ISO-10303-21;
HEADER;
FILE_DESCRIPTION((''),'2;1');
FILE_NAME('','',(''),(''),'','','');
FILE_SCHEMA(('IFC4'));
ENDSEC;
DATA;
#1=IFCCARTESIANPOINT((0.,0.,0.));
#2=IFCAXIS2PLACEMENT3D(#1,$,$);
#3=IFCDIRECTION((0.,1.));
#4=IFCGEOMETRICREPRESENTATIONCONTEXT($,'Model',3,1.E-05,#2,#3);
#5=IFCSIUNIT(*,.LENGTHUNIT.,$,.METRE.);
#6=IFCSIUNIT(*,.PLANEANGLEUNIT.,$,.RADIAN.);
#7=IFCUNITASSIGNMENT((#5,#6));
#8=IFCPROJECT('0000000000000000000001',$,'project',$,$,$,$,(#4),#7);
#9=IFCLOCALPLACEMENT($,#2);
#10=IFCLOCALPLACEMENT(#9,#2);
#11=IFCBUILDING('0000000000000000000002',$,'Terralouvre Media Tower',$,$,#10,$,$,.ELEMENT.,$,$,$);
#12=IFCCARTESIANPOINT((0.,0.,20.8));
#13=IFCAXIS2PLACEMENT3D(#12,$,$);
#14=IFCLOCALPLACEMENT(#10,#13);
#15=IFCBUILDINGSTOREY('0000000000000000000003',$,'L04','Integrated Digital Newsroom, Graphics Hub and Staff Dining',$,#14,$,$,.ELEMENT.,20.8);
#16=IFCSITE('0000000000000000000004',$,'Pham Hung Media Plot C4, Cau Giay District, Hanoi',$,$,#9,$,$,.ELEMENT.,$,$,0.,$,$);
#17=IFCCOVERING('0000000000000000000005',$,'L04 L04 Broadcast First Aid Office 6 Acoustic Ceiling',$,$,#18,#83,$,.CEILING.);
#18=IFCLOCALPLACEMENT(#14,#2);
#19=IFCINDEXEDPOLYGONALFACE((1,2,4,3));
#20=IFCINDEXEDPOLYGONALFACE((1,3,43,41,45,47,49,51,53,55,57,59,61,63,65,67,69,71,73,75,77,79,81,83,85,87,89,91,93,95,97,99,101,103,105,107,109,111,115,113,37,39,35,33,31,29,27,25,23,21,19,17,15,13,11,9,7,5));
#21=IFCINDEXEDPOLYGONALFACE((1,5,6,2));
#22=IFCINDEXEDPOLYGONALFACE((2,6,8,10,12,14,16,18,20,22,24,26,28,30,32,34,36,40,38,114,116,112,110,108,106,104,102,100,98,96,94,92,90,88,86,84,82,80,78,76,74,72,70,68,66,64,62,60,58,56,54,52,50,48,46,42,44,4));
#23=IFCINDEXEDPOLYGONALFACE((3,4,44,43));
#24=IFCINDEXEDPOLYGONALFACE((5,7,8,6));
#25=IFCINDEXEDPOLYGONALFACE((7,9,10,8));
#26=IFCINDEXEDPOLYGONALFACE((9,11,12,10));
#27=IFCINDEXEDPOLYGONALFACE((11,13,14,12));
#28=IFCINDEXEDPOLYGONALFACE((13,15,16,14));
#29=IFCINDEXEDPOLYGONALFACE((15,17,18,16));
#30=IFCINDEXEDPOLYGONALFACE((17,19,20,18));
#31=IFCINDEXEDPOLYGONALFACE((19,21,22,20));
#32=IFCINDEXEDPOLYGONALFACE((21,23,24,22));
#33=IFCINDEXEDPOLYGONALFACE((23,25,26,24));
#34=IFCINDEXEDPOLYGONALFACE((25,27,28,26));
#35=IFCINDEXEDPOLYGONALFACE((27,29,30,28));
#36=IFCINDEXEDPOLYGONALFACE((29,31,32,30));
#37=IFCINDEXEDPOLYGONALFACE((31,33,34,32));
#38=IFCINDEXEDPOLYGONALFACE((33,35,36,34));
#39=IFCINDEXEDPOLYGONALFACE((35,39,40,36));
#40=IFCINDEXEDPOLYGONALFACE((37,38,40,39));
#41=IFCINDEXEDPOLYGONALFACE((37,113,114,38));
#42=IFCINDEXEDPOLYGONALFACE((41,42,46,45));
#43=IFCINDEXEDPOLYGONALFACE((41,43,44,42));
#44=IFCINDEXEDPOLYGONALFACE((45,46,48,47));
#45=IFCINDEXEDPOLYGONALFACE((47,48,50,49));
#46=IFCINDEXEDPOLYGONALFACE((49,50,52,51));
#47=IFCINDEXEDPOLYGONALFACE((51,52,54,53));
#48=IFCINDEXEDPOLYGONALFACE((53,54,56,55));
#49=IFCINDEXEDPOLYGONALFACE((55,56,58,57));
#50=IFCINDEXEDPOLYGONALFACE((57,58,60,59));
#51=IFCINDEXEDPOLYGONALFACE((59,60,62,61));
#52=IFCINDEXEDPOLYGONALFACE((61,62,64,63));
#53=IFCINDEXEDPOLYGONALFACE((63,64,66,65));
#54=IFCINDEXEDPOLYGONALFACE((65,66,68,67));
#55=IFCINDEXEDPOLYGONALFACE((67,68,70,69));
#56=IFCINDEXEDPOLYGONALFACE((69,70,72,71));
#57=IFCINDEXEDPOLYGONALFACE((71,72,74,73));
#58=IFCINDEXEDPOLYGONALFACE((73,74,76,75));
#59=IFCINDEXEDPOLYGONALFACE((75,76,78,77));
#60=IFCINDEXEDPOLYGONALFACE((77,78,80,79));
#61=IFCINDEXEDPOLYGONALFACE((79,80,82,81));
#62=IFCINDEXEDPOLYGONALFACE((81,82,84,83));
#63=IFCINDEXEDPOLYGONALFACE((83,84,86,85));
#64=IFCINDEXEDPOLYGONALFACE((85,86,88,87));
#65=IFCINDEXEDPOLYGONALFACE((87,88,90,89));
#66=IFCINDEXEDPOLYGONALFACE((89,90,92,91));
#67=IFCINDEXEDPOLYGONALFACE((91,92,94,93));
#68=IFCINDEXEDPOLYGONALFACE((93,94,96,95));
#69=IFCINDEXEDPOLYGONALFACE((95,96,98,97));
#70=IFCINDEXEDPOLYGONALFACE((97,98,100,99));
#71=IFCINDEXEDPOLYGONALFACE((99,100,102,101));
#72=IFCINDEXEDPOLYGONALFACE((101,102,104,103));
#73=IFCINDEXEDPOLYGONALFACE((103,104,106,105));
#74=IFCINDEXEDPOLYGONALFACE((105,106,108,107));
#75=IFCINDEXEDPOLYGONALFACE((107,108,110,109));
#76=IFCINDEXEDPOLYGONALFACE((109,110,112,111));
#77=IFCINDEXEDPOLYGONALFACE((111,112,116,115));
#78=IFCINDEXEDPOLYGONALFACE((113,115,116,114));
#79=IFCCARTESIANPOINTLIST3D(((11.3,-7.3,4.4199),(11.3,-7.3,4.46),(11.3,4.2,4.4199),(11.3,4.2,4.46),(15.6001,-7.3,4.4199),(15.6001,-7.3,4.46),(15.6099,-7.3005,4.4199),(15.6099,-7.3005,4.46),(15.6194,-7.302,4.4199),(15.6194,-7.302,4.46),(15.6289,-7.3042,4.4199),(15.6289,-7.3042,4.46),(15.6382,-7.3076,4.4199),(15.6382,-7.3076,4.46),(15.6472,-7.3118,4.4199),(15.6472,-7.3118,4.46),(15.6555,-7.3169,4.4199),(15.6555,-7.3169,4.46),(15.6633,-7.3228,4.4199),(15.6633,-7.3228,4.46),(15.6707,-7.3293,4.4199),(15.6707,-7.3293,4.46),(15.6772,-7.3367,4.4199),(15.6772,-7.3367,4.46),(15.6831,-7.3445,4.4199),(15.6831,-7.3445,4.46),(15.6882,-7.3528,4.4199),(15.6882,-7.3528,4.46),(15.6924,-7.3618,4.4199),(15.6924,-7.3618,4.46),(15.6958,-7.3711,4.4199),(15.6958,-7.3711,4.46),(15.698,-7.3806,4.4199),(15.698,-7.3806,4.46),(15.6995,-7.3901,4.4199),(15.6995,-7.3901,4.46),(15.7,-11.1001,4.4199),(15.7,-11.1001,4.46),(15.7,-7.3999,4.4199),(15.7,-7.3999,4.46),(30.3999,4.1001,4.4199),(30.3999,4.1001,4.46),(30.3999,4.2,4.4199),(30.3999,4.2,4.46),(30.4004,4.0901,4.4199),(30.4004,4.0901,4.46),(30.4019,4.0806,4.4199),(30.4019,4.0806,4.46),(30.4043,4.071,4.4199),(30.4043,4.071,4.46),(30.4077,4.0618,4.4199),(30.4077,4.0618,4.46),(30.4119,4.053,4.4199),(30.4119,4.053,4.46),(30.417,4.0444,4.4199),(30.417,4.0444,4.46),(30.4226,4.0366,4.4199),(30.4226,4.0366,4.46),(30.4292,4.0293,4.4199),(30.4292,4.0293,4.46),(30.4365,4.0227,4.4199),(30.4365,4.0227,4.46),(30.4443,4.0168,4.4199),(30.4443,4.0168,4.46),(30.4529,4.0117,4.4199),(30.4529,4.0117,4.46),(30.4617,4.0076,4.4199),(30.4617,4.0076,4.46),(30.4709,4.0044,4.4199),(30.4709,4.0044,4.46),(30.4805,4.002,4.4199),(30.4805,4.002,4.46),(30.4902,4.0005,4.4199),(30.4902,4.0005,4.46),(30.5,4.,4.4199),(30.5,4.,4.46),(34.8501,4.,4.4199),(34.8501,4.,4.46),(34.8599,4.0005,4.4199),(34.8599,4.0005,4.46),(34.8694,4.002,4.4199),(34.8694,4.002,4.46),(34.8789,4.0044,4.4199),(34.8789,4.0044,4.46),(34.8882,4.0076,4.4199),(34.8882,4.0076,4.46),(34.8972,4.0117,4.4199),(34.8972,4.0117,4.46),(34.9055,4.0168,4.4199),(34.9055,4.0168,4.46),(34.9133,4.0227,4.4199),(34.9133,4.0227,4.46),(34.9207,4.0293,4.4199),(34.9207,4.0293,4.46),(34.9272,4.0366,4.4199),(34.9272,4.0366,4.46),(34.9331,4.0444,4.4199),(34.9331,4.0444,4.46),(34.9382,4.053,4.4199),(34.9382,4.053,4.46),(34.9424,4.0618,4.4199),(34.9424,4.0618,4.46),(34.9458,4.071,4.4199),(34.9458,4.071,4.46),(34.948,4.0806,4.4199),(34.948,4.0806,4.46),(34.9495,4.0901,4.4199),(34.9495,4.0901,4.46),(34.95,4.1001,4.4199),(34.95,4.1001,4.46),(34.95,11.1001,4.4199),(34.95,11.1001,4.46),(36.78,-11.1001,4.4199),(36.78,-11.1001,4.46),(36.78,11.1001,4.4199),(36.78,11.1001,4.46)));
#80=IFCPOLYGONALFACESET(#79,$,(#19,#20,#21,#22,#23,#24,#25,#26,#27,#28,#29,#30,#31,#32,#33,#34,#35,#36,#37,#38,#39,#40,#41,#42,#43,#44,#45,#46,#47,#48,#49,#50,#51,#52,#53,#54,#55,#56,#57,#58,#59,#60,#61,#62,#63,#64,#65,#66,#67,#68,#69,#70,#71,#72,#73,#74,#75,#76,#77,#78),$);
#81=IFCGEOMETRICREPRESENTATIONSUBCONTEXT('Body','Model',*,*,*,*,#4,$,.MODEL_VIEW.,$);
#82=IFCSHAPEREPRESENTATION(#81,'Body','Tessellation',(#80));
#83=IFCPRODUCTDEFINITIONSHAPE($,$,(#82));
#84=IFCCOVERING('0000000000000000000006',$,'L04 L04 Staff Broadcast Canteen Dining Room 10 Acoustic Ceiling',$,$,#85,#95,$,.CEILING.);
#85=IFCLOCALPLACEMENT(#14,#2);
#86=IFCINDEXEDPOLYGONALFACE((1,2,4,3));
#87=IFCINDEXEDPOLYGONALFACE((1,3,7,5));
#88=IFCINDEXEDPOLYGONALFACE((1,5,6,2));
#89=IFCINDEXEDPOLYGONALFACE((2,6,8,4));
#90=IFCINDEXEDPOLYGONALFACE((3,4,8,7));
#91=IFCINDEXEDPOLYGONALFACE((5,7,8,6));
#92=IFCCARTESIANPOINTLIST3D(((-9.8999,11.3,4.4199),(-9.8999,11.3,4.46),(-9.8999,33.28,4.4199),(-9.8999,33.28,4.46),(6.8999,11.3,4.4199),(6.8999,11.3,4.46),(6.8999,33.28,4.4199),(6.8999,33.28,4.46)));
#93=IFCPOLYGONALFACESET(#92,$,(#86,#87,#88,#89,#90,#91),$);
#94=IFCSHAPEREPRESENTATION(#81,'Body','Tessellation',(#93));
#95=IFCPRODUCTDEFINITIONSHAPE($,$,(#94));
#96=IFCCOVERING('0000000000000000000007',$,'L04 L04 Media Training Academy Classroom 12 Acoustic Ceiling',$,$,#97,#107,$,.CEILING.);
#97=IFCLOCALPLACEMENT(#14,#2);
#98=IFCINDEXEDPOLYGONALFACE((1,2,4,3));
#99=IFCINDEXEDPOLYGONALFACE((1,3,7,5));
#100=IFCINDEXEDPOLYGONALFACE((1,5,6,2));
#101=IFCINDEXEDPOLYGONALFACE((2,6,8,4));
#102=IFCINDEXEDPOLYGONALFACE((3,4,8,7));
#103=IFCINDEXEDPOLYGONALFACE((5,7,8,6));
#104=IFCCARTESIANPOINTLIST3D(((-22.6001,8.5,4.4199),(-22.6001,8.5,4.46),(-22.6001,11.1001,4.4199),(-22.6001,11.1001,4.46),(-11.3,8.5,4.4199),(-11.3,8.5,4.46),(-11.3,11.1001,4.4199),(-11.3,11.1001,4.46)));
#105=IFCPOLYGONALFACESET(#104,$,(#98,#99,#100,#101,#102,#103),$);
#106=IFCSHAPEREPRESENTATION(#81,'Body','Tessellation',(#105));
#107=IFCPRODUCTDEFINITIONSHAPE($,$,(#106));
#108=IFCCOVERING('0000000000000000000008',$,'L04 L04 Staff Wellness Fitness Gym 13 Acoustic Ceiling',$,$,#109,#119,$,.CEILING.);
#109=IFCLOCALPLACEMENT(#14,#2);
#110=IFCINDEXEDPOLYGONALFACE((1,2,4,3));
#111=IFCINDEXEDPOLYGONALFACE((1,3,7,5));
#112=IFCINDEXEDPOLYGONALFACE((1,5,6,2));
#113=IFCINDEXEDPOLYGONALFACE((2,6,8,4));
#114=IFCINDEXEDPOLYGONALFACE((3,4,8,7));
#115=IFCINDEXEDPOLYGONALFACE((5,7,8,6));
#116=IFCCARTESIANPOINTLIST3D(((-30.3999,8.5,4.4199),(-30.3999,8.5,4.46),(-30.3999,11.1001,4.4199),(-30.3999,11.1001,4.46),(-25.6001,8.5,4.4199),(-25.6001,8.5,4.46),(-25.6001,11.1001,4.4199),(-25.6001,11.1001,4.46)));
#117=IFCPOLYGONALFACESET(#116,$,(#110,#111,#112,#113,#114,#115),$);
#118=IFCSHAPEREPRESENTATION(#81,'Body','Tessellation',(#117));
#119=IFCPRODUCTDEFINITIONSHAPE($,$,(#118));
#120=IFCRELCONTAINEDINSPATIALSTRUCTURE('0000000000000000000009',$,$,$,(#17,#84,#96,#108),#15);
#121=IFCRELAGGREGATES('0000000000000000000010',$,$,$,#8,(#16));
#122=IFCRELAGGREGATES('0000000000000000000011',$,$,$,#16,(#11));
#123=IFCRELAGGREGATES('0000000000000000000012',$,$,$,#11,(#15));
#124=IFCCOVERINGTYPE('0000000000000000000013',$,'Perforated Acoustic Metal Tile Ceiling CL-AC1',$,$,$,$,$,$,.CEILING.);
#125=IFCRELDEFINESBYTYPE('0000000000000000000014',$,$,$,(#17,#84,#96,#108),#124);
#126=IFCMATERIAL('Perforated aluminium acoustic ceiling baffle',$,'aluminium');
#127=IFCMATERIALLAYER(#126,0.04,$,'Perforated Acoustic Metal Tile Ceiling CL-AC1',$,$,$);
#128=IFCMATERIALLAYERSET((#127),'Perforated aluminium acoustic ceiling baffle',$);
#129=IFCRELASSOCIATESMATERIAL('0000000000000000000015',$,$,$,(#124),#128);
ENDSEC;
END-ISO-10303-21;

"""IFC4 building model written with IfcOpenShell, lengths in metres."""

from ifc_helpers import new_model, si_unit, direction, frame, origin, place, context, subcontext, project, spatial, polyline, outline, extrude, material, layer, layer_set, type_object, element, save


model = new_model("IFC4")

# Units and contexts
model_context = context("Model", 3, precision=1e-05, world=origin(), true_north=direction((0.0, 1.0)))
body_context = subcontext(model_context, "Body", "Model", "MODEL_VIEW")
ifc_project = project(units=[si_unit("LENGTHUNIT", "METRE"), si_unit("PLANEANGLEUNIT", "RADIAN")], contexts=[model_context])

# Site, building, storey
site_placement = place(None, origin())
site = spatial("IfcSite", under=ifc_project, at=site_placement, Name="Pham Hung Media Plot C4, Cau Giay District, Hanoi", CompositionType="ELEMENT", RefElevation=0.0)
building_placement = place(site_placement, origin())
building = spatial("IfcBuilding", under=site, at=building_placement, Name="Terralouvre Media Tower", CompositionType="ELEMENT")
storey_placement = place(building_placement, frame((0.0, 0.0, 20.8)))
storey = spatial("IfcBuildingStorey", under=building, at=storey_placement, Name="L04", Description="Integrated Digital Newsroom, Graphics Hub and Staff Dining", CompositionType="ELEMENT", Elevation=20.8)

# Coverings
ifc_material_1 = material(Name="Perforated aluminium acoustic ceiling baffle", Category="aluminium")
ifc_layer_1 = layer(ifc_material_1, 0.04, Name="Perforated Acoustic Metal Tile Ceiling CL-AC1")
ifc_layer_set_1 = layer_set([ifc_layer_1], Name="Perforated aluminium acoustic ceiling baffle")
covering_type_1 = type_object("IfcCoveringType", Name="Perforated Acoustic Metal Tile Ceiling CL-AC1", PredefinedType="CEILING", material=ifc_layer_set_1)
covering_1_placement = place(storey_placement, frame((0.0, 0.0, 4.4199)))
element("IfcCovering", 1, at=covering_1_placement, inside=storey, type_object=covering_type_1, Name="L04 L04 Broadcast First Aid Office 6 Acoustic Ceiling", PredefinedType="CEILING", context=body_context, shape_type="SweptSolid", body=[
    extrude(outline(polyline([(34.95, 4.1001), (34.9495, 4.0901), (34.948, 4.0806), (34.9458, 4.071), (34.9424, 4.0618), (34.9382, 4.053), (34.9331, 4.0444), (34.9272, 4.0366), (34.9207, 4.0293), (34.9133, 4.0227), (34.9055, 4.0168), (34.8972, 4.0117), (34.8882, 4.0076), (34.8789, 4.0044), (34.8694, 4.002), (34.8599, 4.0005), (34.8501, 4.0), (30.5, 4.0), (30.4902, 4.0005), (30.4805, 4.002), (30.4709, 4.0044), (30.4617, 4.0076), (30.4529, 4.0117), (30.4443, 4.0168), (30.4365, 4.0227), (30.4292, 4.0293), (30.4226, 4.0366), (30.417, 4.0444), (30.4119, 4.053), (30.4077, 4.0618), (30.4043, 4.071), (30.4019, 4.0806), (30.4004, 4.0901), (30.3999, 4.1001), (30.3999, 4.2), (11.3, 4.2), (11.3, -7.3), (15.6001, -7.3), (15.6099, -7.3005), (15.6194, -7.302), (15.6289, -7.3042), (15.6382, -7.3076), (15.6472, -7.3118), (15.6555, -7.3169), (15.6633, -7.3228), (15.6707, -7.3293), (15.6772, -7.3367), (15.6831, -7.3445), (15.6882, -7.3528), (15.6924, -7.3618), (15.6958, -7.3711), (15.698, -7.3806), (15.6995, -7.3901), (15.7, -7.3999), (15.7, -11.1001), (36.78, -11.1001), (36.78, 11.1001), (34.95, 11.1001), (34.95, 4.1001)])), origin(), (0.0, 0.0, 1.0), 0.04),
])
covering_2_placement = place(storey_placement, frame((0.0, 0.0, 4.4199)))
element("IfcCovering", 2, at=covering_2_placement, inside=storey, type_object=covering_type_1, Name="L04 L04 Staff Broadcast Canteen Dining Room 10 Acoustic Ceiling", PredefinedType="CEILING", context=body_context, shape_type="SweptSolid", body=[
    extrude(outline(polyline([(6.8999, 11.3), (6.8999, 33.28), (-9.8999, 33.28), (-9.8999, 11.3), (6.8999, 11.3)])), origin(), (0.0, 0.0, 1.0), 0.04),
])
covering_3_placement = place(storey_placement, frame((0.0, 0.0, 4.4199)))
element("IfcCovering", 3, at=covering_3_placement, inside=storey, type_object=covering_type_1, Name="L04 L04 Media Training Academy Classroom 12 Acoustic Ceiling", PredefinedType="CEILING", context=body_context, shape_type="SweptSolid", body=[
    extrude(outline(polyline([(-22.6001, 8.5), (-11.3, 8.5), (-11.3, 11.1001), (-22.6001, 11.1001), (-22.6001, 8.5)])), origin(), (0.0, 0.0, 1.0), 0.04),
])
covering_4_placement = place(storey_placement, frame((0.0, 0.0, 4.4199)))
element("IfcCovering", 4, at=covering_4_placement, inside=storey, type_object=covering_type_1, Name="L04 L04 Staff Wellness Fitness Gym 13 Acoustic Ceiling", PredefinedType="CEILING", context=body_context, shape_type="SweptSolid", body=[
    extrude(outline(polyline([(-25.6001, 11.1001), (-30.3999, 11.1001), (-30.3999, 8.5), (-25.6001, 8.5), (-25.6001, 11.1001)])), origin(), (0.0, 0.0, 1.0), 0.04),
])

save(model, "model.ifc")
